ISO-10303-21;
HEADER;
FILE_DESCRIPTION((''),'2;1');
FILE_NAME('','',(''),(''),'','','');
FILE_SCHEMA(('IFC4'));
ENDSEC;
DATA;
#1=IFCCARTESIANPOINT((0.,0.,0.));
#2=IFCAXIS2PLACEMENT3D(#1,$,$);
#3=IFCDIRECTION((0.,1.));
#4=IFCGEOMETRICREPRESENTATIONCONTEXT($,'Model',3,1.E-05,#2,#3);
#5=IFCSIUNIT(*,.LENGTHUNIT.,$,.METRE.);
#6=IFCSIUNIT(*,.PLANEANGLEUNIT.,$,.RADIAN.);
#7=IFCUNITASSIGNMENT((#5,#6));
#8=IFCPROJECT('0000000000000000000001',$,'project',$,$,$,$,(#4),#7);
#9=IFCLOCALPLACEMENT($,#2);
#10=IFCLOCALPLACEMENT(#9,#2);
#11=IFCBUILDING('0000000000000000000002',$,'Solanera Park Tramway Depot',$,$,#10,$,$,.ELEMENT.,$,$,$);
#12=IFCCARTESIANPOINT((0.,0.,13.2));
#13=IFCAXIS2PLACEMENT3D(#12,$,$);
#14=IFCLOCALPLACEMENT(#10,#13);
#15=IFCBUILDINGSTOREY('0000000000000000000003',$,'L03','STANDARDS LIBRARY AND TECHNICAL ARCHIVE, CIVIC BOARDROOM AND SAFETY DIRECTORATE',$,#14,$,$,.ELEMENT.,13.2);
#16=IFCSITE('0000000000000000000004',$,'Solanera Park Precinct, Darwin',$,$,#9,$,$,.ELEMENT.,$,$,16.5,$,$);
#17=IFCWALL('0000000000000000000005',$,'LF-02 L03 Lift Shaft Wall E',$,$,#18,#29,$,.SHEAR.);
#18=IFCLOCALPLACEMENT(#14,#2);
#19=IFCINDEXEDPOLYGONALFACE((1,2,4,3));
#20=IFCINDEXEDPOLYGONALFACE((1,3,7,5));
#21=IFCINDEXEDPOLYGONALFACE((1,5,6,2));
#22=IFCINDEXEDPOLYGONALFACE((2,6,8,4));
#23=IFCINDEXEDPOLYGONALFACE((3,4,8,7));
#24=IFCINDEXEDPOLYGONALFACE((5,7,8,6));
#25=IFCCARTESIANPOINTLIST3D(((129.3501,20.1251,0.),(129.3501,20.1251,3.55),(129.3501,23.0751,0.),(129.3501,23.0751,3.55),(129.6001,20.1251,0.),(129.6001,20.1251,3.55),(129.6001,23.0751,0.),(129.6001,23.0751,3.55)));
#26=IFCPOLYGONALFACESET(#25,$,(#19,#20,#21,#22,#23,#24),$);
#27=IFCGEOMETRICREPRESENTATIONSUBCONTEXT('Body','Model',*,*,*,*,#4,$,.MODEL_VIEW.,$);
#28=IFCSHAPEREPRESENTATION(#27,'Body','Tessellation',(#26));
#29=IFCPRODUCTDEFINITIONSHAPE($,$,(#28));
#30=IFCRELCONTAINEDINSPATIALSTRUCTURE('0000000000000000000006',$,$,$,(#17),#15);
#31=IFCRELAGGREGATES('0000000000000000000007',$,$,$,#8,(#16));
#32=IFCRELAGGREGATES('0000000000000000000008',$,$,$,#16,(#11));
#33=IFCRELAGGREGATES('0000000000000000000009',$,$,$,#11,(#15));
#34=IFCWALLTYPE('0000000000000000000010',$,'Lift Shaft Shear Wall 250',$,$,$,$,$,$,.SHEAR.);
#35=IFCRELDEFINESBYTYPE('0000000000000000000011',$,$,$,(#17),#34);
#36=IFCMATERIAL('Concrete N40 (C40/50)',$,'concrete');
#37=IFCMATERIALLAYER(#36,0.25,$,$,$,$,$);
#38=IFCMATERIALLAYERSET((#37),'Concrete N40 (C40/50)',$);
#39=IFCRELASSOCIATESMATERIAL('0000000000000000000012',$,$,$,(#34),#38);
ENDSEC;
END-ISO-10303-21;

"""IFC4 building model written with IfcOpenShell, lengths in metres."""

from ifc_helpers import new_model, si_unit, direction, frame, frame_2d, origin, place, context, subcontext, project, spatial, rectangle, extrude, material, layer, layer_set, type_object, element, save


model = new_model("IFC4")

# Units and contexts
model_context = context("Model", 3, precision=1e-05, world=origin(), true_north=direction((0.0, 1.0)))
body_context = subcontext(model_context, "Body", "Model", "MODEL_VIEW")
ifc_project = project(units=[si_unit("LENGTHUNIT", "METRE"), si_unit("PLANEANGLEUNIT", "RADIAN")], contexts=[model_context])

# Site, building, storey
site_placement = place(None, origin())
site = spatial("IfcSite", under=ifc_project, at=site_placement, Name="Solanera Park Precinct, Darwin", CompositionType="ELEMENT", RefElevation=16.5)
building_placement = place(site_placement, origin())
building = spatial("IfcBuilding", under=site, at=building_placement, Name="Solanera Park Tramway Depot", CompositionType="ELEMENT")
storey_placement = place(building_placement, frame((0.0, 0.0, 13.2)))
storey = spatial("IfcBuildingStorey", under=building, at=storey_placement, Name="L03", Description="STANDARDS LIBRARY AND TECHNICAL ARCHIVE, CIVIC BOARDROOM AND SAFETY DIRECTORATE", CompositionType="ELEMENT", Elevation=13.2)

# Shared definitions
ifc_material_1 = material(Name="Concrete N40 (C40/50)", Category="concrete")
ifc_layer_1 = layer(ifc_material_1, 0.25)
ifc_layer_set_1 = layer_set([ifc_layer_1], Name="Concrete N40 (C40/50)")
wall_type_1 = type_object("IfcWallType", Name="Lift Shaft Shear Wall 250", PredefinedType="SHEAR", material=ifc_layer_set_1)

# Wall
wall_1_placement = place(storey_placement, frame((129.4751, 20.125, 0.0), z_axis=(0.0, 0.0, 1.0), x_axis=(0.0, 1.0, 0.0)))
element("IfcWall", 1, at=wall_1_placement, inside=storey, type_object=wall_type_1, Name="LF-02 L03 Lift Shaft Wall E", PredefinedType="SHEAR", context=body_context, shape_type="SweptSolid", body=[
    extrude(rectangle(XDim=2.95, YDim=0.25, at=frame_2d((1.4751, 0.0))), origin(), (0.0, 0.0, 1.0), 3.55),
])

save(model, "model.ifc")
